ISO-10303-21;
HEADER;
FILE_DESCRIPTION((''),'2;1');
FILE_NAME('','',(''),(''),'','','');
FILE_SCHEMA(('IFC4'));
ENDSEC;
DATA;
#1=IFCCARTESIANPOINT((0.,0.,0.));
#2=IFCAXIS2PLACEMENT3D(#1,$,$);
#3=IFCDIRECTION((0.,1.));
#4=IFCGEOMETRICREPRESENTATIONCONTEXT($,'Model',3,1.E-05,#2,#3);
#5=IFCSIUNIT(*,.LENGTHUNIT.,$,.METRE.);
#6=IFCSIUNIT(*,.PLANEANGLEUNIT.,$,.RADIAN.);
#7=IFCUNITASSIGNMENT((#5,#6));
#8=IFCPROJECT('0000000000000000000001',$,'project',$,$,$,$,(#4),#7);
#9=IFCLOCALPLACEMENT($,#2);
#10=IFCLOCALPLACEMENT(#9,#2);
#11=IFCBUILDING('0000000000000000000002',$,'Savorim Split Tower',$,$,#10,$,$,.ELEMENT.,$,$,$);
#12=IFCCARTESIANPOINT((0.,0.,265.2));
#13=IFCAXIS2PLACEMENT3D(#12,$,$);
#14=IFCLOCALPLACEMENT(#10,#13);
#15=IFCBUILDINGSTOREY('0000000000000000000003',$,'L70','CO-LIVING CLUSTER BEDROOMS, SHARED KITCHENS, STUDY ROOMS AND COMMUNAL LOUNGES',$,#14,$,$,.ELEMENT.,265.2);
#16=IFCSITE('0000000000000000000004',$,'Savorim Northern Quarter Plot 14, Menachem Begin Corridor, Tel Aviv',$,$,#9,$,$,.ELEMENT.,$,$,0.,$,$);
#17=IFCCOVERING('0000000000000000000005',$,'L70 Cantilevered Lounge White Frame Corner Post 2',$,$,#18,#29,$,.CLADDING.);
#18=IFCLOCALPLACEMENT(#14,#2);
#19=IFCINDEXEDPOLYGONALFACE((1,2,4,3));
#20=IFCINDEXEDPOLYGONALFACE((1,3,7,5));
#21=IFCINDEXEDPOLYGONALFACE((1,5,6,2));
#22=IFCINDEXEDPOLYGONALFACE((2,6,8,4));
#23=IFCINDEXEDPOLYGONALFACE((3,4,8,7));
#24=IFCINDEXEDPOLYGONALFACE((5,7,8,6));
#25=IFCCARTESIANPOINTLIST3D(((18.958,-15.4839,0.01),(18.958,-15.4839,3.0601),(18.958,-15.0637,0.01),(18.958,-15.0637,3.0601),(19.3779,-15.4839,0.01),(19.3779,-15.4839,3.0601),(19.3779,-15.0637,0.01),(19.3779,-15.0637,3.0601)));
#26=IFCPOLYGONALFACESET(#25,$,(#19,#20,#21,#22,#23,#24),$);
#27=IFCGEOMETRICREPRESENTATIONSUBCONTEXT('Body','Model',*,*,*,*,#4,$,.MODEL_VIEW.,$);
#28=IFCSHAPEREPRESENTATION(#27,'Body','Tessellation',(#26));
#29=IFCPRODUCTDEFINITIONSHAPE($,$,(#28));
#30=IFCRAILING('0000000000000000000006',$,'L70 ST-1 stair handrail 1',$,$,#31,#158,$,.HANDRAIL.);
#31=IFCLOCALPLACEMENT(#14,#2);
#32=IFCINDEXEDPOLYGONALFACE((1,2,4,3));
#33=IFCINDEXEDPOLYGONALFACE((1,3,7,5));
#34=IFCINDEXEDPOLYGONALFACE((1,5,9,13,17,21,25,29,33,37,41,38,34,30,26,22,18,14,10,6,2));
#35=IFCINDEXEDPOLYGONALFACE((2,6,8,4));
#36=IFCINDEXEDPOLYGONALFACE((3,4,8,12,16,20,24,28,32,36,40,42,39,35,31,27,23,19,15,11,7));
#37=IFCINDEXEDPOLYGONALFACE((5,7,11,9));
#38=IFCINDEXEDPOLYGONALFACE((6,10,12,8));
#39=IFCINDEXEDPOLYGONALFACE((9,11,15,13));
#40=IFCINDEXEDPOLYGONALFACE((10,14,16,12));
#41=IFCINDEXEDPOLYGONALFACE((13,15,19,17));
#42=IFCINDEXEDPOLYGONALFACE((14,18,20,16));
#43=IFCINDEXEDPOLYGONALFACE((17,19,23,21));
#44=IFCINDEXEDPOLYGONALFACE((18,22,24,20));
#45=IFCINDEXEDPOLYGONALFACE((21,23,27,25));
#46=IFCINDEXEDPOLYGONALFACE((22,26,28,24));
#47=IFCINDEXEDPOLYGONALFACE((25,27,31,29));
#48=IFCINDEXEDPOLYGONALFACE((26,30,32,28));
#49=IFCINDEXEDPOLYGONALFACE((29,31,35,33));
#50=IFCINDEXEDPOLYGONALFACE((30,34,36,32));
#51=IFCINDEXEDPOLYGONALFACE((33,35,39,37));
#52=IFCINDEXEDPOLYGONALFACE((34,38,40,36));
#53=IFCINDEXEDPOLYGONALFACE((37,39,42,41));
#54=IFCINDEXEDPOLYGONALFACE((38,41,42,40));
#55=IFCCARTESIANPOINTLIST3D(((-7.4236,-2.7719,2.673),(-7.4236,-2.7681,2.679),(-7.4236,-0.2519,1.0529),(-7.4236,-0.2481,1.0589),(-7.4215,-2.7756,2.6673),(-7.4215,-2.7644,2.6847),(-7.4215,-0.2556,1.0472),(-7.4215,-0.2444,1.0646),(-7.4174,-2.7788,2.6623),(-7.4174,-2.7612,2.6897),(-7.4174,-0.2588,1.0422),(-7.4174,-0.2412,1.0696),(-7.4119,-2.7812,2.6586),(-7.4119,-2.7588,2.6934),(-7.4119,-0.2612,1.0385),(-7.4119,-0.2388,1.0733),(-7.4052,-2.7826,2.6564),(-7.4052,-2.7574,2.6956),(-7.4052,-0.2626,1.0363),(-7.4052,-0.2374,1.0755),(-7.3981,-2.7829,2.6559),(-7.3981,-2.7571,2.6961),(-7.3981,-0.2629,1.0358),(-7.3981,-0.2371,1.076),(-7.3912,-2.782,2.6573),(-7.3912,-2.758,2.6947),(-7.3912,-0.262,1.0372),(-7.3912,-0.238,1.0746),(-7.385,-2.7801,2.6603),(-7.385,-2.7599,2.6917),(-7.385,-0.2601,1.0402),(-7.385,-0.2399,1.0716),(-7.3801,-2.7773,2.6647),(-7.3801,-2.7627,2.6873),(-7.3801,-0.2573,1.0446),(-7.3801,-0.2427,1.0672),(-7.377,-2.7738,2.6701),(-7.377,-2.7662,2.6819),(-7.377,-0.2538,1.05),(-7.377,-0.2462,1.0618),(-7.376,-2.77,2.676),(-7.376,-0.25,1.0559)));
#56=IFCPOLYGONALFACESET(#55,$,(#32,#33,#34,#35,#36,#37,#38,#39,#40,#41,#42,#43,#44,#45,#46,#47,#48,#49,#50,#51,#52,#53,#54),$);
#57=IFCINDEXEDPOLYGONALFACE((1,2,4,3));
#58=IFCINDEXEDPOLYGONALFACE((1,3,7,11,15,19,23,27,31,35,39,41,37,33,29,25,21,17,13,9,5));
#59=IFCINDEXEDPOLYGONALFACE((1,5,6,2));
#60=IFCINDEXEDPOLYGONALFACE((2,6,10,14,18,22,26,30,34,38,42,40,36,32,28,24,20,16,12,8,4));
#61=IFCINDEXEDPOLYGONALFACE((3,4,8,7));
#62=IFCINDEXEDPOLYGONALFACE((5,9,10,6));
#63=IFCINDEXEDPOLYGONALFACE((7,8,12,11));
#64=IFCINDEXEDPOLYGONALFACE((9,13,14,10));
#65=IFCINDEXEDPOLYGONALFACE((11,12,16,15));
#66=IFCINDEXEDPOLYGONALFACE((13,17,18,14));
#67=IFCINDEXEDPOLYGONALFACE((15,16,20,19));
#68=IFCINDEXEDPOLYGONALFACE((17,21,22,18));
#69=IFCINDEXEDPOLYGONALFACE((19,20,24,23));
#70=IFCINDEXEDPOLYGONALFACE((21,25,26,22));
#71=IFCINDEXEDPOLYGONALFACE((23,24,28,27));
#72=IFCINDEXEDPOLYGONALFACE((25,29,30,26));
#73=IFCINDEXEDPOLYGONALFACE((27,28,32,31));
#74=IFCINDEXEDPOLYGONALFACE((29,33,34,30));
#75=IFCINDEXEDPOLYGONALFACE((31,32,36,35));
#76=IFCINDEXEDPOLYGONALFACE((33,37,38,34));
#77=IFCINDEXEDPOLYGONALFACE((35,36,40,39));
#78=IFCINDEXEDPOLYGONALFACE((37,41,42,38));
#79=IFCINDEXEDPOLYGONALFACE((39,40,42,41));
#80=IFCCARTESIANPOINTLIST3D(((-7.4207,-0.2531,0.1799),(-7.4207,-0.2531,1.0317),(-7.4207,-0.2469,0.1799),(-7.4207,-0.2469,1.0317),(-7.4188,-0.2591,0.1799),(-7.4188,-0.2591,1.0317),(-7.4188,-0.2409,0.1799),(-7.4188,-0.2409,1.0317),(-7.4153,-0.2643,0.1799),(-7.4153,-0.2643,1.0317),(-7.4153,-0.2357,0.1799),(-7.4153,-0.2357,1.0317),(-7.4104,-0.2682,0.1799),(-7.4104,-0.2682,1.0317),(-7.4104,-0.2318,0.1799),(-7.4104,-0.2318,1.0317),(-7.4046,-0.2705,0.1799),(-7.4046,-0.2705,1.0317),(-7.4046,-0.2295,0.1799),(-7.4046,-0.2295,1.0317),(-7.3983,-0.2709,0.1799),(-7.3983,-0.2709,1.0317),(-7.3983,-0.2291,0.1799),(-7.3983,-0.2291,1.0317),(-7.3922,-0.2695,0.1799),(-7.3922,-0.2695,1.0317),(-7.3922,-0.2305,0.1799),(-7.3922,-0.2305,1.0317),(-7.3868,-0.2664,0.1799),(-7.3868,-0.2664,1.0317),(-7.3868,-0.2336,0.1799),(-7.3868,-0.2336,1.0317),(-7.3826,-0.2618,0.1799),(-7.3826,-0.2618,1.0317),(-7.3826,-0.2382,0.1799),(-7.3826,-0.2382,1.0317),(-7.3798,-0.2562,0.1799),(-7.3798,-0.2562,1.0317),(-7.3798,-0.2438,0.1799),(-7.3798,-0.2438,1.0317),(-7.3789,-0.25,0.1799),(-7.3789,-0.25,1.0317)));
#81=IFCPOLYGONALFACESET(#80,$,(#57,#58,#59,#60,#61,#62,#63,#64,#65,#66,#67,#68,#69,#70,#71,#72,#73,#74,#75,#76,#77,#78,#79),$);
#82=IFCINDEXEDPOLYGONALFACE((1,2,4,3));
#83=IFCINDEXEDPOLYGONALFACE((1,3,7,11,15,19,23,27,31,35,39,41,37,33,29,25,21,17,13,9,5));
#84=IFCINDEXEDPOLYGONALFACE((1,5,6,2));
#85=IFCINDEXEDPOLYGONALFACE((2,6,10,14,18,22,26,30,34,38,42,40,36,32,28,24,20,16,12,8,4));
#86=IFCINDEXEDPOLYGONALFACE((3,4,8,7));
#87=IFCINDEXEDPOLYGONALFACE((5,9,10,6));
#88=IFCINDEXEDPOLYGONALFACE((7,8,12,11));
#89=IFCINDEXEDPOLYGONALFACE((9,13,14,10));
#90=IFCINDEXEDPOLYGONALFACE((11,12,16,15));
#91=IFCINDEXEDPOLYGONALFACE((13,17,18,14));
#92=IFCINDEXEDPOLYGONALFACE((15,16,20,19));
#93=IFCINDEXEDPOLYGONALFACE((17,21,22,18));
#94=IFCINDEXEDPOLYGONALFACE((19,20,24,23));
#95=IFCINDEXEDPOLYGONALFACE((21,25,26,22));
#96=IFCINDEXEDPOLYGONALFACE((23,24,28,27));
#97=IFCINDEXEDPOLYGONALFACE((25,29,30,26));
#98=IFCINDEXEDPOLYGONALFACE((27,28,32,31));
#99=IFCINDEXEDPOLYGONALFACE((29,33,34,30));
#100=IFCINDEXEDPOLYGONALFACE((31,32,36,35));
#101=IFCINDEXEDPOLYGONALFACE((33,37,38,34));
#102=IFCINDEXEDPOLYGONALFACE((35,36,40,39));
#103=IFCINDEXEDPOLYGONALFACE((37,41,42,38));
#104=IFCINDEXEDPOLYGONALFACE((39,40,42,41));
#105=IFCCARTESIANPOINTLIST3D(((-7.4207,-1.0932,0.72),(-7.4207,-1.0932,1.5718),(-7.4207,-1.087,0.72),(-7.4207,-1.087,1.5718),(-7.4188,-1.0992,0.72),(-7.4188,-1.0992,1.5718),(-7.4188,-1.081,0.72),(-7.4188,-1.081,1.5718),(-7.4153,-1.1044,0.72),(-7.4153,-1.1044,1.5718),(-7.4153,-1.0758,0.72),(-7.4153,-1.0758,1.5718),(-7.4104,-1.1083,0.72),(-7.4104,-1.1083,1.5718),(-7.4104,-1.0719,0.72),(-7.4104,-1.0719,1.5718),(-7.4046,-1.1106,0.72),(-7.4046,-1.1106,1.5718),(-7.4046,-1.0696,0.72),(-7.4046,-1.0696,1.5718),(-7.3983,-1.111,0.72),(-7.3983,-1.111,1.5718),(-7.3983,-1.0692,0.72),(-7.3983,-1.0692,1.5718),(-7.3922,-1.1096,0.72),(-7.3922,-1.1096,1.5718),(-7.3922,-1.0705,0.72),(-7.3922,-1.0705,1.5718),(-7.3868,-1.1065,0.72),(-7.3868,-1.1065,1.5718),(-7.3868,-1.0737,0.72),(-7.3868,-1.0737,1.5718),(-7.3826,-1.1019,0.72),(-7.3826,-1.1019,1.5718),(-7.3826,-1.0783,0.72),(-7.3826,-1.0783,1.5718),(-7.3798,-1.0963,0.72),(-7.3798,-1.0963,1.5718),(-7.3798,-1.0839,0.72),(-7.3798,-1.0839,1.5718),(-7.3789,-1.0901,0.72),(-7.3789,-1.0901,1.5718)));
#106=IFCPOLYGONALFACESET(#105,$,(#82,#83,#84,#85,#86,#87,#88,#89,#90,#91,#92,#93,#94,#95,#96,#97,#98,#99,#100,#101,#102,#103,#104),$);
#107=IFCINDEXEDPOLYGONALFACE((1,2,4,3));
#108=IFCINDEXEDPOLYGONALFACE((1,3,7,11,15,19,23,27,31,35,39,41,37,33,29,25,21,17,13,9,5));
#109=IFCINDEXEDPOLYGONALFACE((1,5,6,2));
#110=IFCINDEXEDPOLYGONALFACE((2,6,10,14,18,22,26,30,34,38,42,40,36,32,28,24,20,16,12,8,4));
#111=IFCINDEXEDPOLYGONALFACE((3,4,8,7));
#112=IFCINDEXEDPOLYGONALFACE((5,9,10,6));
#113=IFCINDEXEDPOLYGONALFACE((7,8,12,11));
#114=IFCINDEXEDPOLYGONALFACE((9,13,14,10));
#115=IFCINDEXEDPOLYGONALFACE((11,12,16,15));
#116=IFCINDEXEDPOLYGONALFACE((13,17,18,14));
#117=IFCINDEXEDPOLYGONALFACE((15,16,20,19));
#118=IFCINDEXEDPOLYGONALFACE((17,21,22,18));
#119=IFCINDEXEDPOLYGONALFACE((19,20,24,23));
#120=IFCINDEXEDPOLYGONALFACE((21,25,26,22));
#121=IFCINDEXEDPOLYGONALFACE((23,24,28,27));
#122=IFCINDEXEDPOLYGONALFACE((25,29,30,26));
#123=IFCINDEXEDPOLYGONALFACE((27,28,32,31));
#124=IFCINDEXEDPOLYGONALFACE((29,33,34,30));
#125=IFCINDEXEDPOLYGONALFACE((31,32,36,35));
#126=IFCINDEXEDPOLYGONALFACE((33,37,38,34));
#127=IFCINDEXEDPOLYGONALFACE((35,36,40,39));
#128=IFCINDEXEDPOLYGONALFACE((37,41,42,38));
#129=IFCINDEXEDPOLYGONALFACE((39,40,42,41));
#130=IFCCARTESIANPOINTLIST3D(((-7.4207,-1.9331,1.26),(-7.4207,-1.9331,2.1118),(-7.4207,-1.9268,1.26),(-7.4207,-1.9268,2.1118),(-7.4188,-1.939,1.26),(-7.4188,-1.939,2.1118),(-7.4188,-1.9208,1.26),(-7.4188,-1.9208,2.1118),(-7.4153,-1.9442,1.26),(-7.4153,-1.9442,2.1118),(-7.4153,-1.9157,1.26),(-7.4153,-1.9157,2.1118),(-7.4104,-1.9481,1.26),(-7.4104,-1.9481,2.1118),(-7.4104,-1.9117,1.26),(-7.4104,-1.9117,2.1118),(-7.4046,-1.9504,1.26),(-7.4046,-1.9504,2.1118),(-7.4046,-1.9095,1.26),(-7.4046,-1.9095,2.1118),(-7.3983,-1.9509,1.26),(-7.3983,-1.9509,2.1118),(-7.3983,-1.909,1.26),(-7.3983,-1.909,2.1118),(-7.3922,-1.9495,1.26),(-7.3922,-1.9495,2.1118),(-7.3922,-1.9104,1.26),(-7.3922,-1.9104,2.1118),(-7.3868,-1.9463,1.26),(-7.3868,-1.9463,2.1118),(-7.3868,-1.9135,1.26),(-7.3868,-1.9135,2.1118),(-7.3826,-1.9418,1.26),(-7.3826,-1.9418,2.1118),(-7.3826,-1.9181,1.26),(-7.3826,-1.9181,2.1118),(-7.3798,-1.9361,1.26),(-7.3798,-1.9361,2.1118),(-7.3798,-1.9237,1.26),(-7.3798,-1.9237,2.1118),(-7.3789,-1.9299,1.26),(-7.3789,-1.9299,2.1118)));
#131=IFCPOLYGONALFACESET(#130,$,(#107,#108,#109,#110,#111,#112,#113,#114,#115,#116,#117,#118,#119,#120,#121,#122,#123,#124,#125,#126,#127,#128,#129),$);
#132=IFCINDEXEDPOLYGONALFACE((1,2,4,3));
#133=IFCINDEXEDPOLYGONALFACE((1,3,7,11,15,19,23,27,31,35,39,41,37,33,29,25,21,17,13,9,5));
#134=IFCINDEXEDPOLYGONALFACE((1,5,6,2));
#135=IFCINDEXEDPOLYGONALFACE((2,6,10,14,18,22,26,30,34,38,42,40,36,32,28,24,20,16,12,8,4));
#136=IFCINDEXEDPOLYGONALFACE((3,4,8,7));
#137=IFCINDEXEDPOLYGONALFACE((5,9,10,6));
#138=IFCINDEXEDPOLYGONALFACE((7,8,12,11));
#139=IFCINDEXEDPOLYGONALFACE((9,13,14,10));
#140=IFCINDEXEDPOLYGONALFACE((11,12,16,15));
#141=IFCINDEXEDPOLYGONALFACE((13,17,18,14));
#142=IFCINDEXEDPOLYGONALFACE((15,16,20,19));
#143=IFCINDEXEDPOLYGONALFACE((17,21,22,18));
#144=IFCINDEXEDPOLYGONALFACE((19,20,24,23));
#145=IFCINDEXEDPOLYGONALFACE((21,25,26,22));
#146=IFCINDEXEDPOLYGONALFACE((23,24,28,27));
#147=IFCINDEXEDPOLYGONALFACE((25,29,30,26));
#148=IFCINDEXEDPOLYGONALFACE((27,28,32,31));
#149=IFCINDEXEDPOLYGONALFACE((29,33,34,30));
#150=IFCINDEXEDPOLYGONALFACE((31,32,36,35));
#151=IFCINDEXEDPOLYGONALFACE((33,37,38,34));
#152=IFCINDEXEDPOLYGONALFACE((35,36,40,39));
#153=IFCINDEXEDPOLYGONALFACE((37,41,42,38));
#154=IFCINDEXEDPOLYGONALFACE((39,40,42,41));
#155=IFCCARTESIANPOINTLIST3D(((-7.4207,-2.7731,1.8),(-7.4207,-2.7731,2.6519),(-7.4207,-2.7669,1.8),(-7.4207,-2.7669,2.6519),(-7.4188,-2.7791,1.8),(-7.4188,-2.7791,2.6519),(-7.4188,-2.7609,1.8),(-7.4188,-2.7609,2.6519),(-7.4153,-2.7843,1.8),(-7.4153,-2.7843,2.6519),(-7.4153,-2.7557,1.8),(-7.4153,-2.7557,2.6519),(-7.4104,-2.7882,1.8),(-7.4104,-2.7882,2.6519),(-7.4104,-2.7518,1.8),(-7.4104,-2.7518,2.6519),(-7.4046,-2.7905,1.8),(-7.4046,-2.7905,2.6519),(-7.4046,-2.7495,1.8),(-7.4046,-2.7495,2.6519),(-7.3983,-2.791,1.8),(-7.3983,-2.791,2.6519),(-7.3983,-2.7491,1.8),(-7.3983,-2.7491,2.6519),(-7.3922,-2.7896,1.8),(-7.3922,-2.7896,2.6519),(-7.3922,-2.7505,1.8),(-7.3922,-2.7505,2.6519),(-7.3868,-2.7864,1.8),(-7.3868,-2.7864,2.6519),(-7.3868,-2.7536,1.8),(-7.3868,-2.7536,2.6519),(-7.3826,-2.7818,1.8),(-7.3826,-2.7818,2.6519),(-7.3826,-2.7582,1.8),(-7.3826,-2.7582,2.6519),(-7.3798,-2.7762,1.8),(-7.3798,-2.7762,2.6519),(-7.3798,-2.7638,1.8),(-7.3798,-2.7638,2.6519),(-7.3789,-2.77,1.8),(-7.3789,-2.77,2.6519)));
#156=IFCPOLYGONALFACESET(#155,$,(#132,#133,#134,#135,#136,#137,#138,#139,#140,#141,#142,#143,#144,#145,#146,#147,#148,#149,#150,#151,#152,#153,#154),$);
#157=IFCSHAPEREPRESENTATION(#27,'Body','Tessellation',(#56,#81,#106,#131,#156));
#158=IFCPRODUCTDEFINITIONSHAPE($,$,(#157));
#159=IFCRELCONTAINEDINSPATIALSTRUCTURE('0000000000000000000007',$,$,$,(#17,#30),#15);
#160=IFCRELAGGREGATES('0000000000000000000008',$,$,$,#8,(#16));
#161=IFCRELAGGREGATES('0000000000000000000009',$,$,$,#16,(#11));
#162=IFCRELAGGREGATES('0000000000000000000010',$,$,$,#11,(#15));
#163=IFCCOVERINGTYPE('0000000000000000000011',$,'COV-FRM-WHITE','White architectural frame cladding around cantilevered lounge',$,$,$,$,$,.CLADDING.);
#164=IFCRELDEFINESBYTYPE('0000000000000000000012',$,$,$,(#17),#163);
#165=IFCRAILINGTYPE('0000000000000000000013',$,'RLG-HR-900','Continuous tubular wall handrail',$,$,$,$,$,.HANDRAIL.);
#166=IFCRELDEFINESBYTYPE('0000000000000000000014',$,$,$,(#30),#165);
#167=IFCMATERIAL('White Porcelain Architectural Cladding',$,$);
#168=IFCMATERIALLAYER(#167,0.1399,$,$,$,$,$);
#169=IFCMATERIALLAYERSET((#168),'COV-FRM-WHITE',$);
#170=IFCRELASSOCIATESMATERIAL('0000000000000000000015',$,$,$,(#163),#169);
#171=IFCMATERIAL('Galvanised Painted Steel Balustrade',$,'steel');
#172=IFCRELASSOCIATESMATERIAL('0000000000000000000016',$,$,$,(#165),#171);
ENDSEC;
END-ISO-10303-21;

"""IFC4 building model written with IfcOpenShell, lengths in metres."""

from ifc_helpers import new_model, si_unit, direction, frame, origin, origin_2d, place, context, subcontext, project, spatial, polyline, circle, outline, extrude, material, layer, layer_set, type_object, element, save


model = new_model("IFC4")

# Units and contexts
model_context = context("Model", 3, precision=1e-05, world=origin(), true_north=direction((0.0, 1.0)))
body_context = subcontext(model_context, "Body", "Model", "MODEL_VIEW")
ifc_project = project(units=[si_unit("LENGTHUNIT", "METRE"), si_unit("PLANEANGLEUNIT", "RADIAN")], contexts=[model_context])

# Site, building, storey
site_placement = place(None, origin())
site = spatial("IfcSite", under=ifc_project, at=site_placement, Name="Savorim Northern Quarter Plot 14, Menachem Begin Corridor, Tel Aviv", CompositionType="ELEMENT", RefElevation=0.0)
building_placement = place(site_placement, origin())
building = spatial("IfcBuilding", under=site, at=building_placement, Name="Savorim Split Tower", CompositionType="ELEMENT")
storey_placement = place(building_placement, frame((0.0, 0.0, 265.2)))
storey = spatial("IfcBuildingStorey", under=building, at=storey_placement, Name="L70", Description="CO-LIVING CLUSTER BEDROOMS, SHARED KITCHENS, STUDY ROOMS AND COMMUNAL LOUNGES", CompositionType="ELEMENT", Elevation=265.2)

# Covering
ifc_material_1 = material(Name="White Porcelain Architectural Cladding")
ifc_layer_1 = layer(ifc_material_1, 0.1399)
ifc_layer_set_1 = layer_set([ifc_layer_1], Name="COV-FRM-WHITE")
covering_type_1 = type_object("IfcCoveringType", Name="COV-FRM-WHITE", Description="White architectural frame cladding around cantilevered lounge", PredefinedType="CLADDING", material=ifc_layer_set_1)
covering_1_placement = place(storey_placement, frame((0.0, 0.0, 0.01)))
element("IfcCovering", 1, at=covering_1_placement, inside=storey, type_object=covering_type_1, Name="L70 Cantilevered Lounge White Frame Corner Post 2", PredefinedType="CLADDING", context=body_context, shape_type="SweptSolid", body=[
    extrude(outline(polyline([(18.958, -15.4839), (19.3779, -15.4839), (19.3779, -15.0637), (18.958, -15.0637), (18.958, -15.4839)])), origin(), (0.0, 0.0, 1.0), 3.05),
])

# Railing
ifc_material_2 = material(Name="Galvanised Painted Steel Balustrade", Category="steel")
railing_type_1 = type_object("IfcRailingType", Name="RLG-HR-900", Description="Continuous tubular wall handrail", PredefinedType="HANDRAIL", material=ifc_material_2)
railing_1_placement = place(storey_placement, frame((-7.3999, -0.25, 0.1799)))
element("IfcRailing", 2, at=railing_1_placement, inside=storey, type_object=railing_type_1, Name="L70 ST-1 stair handrail 1", PredefinedType="HANDRAIL", context=body_context, shape_type="SweptSolid", body=[
    extrude(circle(Radius=0.0239, at=origin_2d()), frame((0.0, 0.0, 0.876), z_axis=(0.0, -0.841163, 0.540782), x_axis=(1.0, 0.0, 0.0)), (0.0, 0.0, 1.0), 2.9958),
    extrude(circle(Radius=0.021, at=origin_2d()), origin(), (0.0, 0.0, 1.0), 0.8518),
    extrude(circle(Radius=0.021, at=origin_2d()), frame((0.0, -0.8401, 0.54)), (0.0, 0.0, 1.0), 0.8518),
    extrude(circle(Radius=0.021, at=origin_2d()), frame((0.0, -1.6799, 1.0801)), (0.0, 0.0, 1.0), 0.8518),
    extrude(circle(Radius=0.021, at=origin_2d()), frame((0.0, -2.52, 1.6201)), (0.0, 0.0, 1.0), 0.8518),
])

save(model, "model.ifc")
